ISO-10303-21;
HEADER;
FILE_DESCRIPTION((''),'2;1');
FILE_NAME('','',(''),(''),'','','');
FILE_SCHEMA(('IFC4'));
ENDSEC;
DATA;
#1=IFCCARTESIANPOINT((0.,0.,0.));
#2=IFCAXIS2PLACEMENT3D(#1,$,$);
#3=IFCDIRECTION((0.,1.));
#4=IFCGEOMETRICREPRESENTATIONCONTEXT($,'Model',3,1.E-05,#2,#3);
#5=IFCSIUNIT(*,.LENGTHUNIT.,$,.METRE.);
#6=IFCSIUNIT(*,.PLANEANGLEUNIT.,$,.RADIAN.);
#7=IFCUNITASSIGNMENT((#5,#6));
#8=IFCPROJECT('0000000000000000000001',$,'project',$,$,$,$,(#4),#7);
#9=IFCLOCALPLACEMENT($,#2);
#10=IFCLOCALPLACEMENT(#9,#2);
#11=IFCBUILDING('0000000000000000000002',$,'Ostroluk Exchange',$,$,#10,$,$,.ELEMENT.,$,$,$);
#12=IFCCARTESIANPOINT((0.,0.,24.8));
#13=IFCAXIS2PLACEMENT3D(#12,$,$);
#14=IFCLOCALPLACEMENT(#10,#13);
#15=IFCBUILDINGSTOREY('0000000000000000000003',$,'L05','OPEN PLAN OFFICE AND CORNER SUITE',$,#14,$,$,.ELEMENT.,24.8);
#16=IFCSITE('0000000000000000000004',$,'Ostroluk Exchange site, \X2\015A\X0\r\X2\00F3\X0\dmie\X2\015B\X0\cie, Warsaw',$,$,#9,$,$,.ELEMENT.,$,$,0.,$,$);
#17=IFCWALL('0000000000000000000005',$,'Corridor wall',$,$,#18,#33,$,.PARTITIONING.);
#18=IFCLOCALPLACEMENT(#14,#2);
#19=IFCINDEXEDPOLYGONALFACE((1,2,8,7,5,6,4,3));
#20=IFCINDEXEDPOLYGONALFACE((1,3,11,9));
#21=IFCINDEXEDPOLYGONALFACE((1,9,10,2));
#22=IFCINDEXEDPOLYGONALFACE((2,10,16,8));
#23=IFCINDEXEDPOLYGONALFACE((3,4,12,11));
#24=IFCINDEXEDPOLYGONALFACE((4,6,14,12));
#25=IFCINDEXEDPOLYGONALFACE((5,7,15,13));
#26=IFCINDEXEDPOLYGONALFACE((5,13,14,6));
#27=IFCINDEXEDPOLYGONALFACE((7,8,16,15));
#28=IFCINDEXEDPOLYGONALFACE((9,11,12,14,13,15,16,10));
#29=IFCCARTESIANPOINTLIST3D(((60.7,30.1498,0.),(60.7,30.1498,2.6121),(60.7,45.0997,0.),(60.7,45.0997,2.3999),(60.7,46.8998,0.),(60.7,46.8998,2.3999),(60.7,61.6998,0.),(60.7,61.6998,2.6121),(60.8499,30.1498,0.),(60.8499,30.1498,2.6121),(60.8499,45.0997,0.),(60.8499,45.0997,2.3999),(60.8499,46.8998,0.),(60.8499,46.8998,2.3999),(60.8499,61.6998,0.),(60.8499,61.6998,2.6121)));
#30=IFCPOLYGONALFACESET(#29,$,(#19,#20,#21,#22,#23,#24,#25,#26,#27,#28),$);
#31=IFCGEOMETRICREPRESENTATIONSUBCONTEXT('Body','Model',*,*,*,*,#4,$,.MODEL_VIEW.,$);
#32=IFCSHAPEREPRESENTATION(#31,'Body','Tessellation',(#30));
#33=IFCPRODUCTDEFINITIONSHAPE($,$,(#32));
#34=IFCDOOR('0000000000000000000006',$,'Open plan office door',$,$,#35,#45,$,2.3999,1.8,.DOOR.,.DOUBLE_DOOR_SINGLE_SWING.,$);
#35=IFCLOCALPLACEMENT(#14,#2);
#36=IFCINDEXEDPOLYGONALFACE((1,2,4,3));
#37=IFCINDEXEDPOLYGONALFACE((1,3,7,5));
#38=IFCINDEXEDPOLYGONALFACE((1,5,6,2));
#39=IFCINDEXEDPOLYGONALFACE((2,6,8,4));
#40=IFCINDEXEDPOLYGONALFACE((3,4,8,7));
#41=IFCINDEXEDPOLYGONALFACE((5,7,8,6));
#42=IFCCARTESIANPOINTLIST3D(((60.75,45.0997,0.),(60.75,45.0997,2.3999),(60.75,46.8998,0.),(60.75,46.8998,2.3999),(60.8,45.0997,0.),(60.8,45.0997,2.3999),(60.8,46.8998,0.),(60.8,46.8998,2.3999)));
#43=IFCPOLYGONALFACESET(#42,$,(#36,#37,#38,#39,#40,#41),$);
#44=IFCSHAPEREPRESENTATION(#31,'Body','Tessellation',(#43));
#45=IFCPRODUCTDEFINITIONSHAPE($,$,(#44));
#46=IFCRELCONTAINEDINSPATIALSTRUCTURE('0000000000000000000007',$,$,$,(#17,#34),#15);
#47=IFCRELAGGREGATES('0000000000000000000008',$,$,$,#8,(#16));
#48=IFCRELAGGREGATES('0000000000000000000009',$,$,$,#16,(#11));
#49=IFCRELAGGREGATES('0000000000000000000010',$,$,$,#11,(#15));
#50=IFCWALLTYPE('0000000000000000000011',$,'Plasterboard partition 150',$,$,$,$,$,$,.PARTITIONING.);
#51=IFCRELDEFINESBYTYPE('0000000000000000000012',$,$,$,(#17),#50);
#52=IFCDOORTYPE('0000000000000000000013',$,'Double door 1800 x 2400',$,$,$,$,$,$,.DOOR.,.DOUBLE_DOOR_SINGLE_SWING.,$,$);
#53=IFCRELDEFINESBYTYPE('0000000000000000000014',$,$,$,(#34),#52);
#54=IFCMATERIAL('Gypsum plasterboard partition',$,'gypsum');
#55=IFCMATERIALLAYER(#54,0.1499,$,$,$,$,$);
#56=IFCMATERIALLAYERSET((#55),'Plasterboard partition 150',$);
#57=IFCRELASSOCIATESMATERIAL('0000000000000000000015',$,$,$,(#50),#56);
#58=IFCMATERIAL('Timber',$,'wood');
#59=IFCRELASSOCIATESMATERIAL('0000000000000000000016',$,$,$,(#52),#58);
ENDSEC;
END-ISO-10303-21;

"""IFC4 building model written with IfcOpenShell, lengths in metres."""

from ifc_helpers import new_model, si_unit, direction, frame, frame_2d, origin, place, context, subcontext, project, spatial, rectangle, extrude, material, layer, layer_set, type_object, element, fill, save


model = new_model("IFC4")

# Units and contexts
model_context = context("Model", 3, precision=1e-05, world=origin(), true_north=direction((0.0, 1.0)))
body_context = subcontext(model_context, "Body", "Model", "MODEL_VIEW")
ifc_project = project(units=[si_unit("LENGTHUNIT", "METRE"), si_unit("PLANEANGLEUNIT", "RADIAN")], contexts=[model_context])

# Site, building, storey
site_placement = place(None, origin())
site = spatial("IfcSite", under=ifc_project, at=site_placement, Name="Ostroluk Exchange site, Śródmieście, Warsaw", CompositionType="ELEMENT", RefElevation=0.0)
building_placement = place(site_placement, origin())
building = spatial("IfcBuilding", under=site, at=building_placement, Name="Ostroluk Exchange", CompositionType="ELEMENT")
storey_placement = place(building_placement, frame((0.0, 0.0, 24.8)))
storey = spatial("IfcBuildingStorey", under=building, at=storey_placement, Name="L05", Description="OPEN PLAN OFFICE AND CORNER SUITE", CompositionType="ELEMENT", Elevation=24.8)

# Shared definitions
ifc_material_1 = material(Name="Gypsum plasterboard partition", Category="gypsum")
ifc_layer_1 = layer(ifc_material_1, 0.1499)
ifc_layer_set_1 = layer_set([ifc_layer_1], Name="Plasterboard partition 150")
wall_type_1 = type_object("IfcWallType", Name="Plasterboard partition 150", PredefinedType="PARTITIONING", material=ifc_layer_set_1)

# Wall, opening, door
wall_1_placement = place(storey_placement, frame((60.7749, 30.1499, 0.0), z_axis=(0.0, 0.0, 1.0), x_axis=(0.0, 1.0, 0.0)))
wall_1 = element("IfcWall", 1, at=wall_1_placement, inside=storey, type_object=wall_type_1, Name="Corridor wall", PredefinedType="PARTITIONING", context=body_context, shape_type="SweptSolid", body=[
    extrude(rectangle(XDim=31.55, YDim=0.1499, at=frame_2d((15.7749, 0.0))), origin(), (0.0, 0.0, 1.0), 2.6121),
])
opening_1_placement = place(wall_1_placement, frame((14.95, 0.0, 0.0)))
opening_1 = element("IfcOpeningElement", 2, at=opening_1_placement, cuts=wall_1, PredefinedType="OPENING", context=body_context, shape_type="SweptSolid", body=[
    extrude(rectangle(XDim=1.8, YDim=2.3999, at=frame_2d((0.8999, 1.2))), frame((0.0, 0.085, 0.0), z_axis=(0.0, -1.0, 0.0), x_axis=(1.0, 0.0, 0.0)), (0.0, 0.0, 1.0), 0.1699),
])
ifc_material_2 = material(Name="Timber", Category="wood")
door_type_1 = type_object("IfcDoorType", Name="Double door 1800 x 2400", OperationType="DOUBLE_DOOR_SINGLE_SWING", PredefinedType="DOOR", material=ifc_material_2)
door_1_placement = place(opening_1_placement, origin())
door_1 = element("IfcDoor", 3, at=door_1_placement, inside=storey, type_object=door_type_1, Name="Open plan office door", OperationType="DOUBLE_DOOR_SINGLE_SWING", OverallHeight=2.3999, OverallWidth=1.8, PredefinedType="DOOR", context=body_context, shape_type="SweptSolid", body=[
    extrude(rectangle(XDim=1.8, YDim=2.3999, at=frame_2d((0.8999, 1.2))), frame((0.0, 0.0249, 0.0), z_axis=(0.0, -1.0, 0.0), x_axis=(1.0, 0.0, 0.0)), (0.0, 0.0, 1.0), 0.05),
])
fill(opening_1, door_1)

save(model, "model.ifc")
